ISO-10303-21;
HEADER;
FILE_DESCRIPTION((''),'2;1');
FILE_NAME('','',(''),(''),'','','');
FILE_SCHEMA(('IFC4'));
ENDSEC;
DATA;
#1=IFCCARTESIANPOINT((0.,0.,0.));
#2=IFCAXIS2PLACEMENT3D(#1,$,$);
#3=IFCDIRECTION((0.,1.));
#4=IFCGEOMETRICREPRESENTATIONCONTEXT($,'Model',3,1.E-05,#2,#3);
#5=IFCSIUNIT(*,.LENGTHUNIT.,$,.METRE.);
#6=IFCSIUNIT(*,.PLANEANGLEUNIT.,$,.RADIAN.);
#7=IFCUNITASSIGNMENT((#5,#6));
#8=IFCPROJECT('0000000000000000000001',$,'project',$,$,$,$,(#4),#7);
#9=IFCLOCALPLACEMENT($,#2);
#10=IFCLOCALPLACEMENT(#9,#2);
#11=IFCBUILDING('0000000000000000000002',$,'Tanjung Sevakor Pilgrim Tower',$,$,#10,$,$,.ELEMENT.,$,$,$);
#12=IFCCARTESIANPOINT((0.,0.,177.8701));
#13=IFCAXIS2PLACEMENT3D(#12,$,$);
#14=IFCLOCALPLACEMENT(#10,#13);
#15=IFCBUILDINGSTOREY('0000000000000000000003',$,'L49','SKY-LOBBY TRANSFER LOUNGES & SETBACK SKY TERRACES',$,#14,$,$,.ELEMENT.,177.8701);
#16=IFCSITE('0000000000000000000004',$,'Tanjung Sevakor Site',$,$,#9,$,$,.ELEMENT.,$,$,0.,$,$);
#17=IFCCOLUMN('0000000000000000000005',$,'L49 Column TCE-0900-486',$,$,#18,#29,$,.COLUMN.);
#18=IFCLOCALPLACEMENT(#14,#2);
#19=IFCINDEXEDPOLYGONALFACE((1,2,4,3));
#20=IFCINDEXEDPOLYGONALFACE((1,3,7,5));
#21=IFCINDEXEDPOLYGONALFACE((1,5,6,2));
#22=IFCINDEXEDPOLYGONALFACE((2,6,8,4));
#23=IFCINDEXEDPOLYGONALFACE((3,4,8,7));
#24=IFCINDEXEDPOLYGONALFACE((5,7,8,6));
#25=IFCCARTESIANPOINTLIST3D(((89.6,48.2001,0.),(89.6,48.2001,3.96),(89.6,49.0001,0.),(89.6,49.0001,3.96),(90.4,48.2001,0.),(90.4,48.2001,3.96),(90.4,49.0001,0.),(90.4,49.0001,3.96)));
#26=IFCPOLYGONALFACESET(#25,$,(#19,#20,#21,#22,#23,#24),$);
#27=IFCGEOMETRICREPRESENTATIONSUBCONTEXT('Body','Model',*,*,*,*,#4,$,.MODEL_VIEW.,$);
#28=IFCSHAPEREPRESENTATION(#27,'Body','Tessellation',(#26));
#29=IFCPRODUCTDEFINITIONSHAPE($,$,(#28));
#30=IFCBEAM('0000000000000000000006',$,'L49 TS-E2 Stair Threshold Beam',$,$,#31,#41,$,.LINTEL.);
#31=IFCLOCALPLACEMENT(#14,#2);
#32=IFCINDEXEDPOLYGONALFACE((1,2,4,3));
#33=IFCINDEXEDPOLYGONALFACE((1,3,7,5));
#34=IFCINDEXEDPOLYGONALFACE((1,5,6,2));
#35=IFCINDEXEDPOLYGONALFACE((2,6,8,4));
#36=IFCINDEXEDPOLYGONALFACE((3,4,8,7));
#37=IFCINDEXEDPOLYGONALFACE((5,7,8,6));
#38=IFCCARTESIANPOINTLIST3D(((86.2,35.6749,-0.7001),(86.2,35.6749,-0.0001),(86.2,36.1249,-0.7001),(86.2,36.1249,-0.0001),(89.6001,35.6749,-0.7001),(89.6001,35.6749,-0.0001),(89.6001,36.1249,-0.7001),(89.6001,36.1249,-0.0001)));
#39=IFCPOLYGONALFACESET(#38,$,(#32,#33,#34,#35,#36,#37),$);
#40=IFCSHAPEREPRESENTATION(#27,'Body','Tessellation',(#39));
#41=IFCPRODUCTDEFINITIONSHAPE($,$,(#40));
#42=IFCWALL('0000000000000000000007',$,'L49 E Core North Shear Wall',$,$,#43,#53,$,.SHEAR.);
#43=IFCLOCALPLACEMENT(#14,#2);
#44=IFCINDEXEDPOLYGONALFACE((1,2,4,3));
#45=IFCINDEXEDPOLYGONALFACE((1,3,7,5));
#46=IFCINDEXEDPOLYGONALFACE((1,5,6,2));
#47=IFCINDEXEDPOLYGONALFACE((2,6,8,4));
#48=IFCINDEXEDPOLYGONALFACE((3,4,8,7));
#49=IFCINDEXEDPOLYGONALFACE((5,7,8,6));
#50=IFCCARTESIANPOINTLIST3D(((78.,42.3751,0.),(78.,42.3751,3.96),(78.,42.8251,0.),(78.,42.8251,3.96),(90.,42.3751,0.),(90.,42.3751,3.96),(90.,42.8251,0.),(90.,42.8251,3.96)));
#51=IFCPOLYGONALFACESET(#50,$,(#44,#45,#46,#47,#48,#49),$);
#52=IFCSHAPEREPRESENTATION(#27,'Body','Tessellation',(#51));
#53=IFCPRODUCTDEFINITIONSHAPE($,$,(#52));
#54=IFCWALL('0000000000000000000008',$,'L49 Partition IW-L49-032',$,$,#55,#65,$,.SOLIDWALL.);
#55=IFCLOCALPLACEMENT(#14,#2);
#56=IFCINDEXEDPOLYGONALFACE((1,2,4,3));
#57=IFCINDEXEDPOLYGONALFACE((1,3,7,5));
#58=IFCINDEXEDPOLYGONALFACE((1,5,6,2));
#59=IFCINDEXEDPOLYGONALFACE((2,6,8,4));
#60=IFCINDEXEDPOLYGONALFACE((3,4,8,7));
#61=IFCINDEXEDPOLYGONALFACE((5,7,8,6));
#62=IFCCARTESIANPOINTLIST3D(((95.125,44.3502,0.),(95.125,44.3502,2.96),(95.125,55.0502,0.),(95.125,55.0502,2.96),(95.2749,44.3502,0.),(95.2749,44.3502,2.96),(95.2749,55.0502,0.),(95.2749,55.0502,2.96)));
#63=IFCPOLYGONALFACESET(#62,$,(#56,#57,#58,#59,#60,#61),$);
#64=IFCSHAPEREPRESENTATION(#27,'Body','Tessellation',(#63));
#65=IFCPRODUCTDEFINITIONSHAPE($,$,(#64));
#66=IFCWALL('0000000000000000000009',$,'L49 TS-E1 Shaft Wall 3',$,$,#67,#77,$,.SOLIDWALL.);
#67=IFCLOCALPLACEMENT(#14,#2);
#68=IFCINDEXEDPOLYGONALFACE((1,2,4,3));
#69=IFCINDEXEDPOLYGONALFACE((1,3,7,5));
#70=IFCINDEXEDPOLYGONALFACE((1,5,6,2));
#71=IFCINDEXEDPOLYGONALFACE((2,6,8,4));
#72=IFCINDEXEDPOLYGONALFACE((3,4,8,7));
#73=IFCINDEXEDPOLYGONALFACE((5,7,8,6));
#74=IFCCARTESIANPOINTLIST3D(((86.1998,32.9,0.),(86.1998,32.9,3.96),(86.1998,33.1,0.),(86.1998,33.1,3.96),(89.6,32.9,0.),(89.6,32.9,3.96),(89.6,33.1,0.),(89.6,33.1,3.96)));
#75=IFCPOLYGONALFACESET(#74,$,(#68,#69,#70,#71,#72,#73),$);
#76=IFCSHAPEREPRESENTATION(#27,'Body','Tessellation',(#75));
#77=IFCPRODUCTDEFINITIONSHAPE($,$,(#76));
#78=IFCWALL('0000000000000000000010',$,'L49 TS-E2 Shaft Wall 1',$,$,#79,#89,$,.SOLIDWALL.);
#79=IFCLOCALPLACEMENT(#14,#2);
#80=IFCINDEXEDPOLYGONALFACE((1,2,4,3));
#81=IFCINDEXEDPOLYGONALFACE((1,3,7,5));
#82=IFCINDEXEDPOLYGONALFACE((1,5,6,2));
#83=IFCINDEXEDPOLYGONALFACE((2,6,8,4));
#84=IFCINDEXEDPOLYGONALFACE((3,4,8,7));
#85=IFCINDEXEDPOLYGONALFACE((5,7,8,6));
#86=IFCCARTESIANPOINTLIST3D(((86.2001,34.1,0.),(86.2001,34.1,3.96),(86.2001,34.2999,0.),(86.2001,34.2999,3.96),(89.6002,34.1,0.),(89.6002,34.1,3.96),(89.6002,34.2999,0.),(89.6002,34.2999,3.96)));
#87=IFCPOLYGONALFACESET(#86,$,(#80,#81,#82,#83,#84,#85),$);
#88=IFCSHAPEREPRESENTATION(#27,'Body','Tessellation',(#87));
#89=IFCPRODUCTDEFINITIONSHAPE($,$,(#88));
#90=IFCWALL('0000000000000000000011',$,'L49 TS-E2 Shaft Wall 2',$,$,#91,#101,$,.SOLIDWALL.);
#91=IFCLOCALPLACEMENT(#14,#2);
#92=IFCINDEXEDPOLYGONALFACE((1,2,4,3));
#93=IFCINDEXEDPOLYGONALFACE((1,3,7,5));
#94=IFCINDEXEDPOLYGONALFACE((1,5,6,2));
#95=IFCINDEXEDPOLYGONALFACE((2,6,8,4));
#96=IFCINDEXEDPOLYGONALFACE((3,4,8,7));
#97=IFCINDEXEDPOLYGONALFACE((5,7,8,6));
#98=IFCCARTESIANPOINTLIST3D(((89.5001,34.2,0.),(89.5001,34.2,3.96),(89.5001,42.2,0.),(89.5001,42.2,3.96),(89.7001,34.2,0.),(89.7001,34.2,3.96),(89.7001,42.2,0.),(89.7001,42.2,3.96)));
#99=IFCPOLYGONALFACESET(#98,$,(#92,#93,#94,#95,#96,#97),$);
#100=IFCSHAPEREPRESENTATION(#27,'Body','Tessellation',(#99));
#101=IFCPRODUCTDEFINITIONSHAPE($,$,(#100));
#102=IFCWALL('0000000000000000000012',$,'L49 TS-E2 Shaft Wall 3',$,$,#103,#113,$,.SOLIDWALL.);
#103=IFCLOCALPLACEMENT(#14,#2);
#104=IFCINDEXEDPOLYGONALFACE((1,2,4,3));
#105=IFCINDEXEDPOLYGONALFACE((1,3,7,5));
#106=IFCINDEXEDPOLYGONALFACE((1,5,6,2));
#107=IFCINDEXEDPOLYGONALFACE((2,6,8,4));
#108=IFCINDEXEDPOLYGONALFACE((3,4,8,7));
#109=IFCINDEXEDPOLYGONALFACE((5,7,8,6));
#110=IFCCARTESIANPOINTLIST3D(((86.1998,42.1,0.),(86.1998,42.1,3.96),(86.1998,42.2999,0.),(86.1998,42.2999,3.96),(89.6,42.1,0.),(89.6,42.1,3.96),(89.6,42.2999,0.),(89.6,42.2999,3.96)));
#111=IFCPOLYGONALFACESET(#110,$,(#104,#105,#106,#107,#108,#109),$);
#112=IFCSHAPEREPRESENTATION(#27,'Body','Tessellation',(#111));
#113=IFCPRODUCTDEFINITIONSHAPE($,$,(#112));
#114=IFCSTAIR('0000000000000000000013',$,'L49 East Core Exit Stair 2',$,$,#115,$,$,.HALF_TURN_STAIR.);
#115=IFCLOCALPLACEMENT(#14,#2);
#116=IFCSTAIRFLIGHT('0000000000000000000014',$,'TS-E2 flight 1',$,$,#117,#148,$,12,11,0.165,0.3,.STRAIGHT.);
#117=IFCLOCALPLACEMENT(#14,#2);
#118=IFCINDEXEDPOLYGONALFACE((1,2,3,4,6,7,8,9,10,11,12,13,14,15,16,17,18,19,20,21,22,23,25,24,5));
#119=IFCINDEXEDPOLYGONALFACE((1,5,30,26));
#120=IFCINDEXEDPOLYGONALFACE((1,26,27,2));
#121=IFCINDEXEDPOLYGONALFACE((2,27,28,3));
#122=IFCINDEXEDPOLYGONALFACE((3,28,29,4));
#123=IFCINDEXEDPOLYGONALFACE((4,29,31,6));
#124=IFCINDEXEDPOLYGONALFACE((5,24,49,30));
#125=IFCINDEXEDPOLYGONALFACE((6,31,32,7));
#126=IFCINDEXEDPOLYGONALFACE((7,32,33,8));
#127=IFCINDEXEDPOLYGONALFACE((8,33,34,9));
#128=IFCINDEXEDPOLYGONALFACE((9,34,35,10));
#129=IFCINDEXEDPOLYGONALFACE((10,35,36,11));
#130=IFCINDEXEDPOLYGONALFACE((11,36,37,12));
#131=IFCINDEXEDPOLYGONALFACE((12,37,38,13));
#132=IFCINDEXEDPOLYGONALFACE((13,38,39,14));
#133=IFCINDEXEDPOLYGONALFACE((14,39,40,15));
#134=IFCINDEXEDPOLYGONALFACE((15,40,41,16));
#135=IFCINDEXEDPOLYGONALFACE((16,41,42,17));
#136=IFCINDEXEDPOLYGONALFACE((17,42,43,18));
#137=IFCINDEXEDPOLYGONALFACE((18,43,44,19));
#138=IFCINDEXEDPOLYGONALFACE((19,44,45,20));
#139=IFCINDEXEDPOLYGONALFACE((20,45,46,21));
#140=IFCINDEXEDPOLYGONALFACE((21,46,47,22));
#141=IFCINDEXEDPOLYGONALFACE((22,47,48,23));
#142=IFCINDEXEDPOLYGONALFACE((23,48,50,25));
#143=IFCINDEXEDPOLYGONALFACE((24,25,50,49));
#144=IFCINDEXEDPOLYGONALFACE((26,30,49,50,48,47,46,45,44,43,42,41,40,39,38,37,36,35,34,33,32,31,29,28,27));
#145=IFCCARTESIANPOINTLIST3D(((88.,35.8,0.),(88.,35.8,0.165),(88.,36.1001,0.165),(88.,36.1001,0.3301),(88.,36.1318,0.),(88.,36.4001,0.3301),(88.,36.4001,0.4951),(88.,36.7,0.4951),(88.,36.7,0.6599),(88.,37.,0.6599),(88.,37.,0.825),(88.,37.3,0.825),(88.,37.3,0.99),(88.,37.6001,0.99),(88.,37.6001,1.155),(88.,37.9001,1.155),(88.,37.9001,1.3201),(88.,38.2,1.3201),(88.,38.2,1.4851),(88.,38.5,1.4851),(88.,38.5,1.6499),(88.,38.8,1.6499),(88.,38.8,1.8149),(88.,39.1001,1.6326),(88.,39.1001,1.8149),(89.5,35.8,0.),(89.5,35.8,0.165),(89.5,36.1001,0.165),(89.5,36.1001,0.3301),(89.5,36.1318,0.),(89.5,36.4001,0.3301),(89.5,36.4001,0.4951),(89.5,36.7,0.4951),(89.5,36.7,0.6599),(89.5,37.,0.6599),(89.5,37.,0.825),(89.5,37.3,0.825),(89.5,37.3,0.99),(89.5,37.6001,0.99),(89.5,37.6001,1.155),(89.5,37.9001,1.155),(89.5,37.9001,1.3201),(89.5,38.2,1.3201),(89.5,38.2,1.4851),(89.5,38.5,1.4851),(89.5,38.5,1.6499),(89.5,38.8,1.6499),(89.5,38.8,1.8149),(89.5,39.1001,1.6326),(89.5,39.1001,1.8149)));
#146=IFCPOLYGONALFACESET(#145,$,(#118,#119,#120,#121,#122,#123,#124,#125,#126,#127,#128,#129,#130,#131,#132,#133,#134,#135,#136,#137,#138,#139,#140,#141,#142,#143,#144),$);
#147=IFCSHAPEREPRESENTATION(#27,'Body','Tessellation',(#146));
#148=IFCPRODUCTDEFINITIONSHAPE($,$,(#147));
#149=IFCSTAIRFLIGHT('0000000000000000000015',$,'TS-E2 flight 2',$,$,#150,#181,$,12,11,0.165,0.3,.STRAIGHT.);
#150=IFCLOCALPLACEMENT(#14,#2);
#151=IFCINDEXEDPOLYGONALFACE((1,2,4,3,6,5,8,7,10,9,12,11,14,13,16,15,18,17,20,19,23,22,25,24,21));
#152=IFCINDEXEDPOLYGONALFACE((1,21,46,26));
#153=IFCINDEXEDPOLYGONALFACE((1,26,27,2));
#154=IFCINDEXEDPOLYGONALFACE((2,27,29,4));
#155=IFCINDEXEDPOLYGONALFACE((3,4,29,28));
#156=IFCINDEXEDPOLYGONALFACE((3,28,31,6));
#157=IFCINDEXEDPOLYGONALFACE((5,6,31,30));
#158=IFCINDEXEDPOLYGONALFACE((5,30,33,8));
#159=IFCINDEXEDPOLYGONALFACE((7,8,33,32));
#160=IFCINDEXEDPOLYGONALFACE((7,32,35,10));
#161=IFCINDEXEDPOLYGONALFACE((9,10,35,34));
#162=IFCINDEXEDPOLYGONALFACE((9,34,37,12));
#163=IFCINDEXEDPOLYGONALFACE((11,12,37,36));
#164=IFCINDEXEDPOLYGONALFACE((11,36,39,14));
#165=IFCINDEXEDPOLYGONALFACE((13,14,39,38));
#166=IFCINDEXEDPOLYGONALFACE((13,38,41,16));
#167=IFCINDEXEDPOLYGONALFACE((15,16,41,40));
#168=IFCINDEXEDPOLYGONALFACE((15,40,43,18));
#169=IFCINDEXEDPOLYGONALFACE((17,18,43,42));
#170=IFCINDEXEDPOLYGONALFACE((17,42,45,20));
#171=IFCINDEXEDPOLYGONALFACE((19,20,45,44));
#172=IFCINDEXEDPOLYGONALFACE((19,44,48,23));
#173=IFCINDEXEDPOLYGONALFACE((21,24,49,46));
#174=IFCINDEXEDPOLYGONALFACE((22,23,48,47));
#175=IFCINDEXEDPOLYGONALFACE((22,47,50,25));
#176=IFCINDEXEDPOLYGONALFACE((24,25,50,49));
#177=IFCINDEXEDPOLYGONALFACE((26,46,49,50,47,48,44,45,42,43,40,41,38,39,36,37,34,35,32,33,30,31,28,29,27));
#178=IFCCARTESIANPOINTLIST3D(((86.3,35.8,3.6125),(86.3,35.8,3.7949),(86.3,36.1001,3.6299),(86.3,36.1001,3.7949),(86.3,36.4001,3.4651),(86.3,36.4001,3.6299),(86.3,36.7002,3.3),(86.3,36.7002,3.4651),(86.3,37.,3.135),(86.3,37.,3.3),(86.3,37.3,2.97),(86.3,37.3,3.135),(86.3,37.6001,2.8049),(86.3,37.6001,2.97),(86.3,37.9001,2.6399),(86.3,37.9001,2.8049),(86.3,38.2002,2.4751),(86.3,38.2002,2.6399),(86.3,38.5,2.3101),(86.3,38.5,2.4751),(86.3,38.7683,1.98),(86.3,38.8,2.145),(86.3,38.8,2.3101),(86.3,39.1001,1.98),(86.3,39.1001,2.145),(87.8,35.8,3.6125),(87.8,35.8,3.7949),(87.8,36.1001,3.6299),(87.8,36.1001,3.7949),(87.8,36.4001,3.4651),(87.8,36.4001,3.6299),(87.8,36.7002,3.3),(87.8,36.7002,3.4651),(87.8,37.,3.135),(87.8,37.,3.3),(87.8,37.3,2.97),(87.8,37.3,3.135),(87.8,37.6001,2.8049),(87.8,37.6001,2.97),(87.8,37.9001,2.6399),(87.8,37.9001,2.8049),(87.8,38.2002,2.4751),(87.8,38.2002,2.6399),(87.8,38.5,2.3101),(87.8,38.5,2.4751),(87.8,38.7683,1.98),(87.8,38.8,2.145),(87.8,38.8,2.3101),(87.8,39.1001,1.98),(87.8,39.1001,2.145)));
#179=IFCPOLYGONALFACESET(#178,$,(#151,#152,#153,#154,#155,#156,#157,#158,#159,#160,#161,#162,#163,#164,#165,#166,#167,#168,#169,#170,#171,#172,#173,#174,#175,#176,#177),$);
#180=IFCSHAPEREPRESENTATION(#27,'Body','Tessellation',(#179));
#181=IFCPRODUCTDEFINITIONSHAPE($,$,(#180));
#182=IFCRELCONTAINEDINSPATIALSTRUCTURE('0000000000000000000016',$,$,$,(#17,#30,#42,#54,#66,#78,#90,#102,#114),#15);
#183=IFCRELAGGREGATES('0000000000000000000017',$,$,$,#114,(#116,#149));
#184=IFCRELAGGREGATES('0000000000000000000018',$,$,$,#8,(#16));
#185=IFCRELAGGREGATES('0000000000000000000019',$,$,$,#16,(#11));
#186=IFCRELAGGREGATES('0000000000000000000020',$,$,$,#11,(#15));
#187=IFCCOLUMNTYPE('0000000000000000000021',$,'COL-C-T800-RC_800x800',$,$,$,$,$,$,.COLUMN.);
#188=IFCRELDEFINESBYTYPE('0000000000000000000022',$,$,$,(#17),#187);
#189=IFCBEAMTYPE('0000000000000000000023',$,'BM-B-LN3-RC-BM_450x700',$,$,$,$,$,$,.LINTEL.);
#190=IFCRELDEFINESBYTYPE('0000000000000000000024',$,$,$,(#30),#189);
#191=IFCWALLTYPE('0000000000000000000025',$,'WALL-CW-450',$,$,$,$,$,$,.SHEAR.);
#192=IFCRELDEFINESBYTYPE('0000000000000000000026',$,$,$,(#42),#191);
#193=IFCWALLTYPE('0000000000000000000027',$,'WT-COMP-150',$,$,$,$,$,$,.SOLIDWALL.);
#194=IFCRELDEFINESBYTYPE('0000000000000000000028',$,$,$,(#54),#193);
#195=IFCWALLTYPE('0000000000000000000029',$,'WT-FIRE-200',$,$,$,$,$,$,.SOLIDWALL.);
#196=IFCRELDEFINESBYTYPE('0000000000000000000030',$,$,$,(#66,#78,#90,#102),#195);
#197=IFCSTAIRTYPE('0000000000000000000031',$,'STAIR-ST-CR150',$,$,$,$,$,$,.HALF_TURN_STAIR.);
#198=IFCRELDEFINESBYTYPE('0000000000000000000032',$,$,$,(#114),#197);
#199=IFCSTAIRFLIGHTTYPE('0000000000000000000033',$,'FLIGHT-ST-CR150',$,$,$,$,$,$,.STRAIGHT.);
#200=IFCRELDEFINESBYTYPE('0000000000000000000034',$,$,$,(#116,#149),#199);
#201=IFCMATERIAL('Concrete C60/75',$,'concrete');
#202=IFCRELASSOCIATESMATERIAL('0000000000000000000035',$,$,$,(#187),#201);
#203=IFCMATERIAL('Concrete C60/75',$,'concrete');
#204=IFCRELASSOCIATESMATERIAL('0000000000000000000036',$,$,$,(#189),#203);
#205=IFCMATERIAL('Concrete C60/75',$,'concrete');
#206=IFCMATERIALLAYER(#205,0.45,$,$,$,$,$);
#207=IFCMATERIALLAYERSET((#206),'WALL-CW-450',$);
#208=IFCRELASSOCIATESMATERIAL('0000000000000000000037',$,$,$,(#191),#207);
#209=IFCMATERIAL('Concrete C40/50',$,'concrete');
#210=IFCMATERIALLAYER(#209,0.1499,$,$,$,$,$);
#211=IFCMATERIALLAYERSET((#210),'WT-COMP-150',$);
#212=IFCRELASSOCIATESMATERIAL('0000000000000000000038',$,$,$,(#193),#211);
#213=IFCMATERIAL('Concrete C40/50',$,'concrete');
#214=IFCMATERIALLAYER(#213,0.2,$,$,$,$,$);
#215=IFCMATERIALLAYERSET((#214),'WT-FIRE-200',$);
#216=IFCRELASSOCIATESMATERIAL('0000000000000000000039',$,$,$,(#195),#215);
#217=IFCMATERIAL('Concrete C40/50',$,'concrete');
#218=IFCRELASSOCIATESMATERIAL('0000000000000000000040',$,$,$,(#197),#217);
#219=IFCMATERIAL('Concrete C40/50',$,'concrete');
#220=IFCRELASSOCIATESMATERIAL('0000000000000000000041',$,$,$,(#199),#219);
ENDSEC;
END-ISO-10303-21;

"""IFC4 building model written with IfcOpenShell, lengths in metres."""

from ifc_helpers import new_model, si_unit, direction, frame, frame_2d, origin, origin_2d, place, context, subcontext, project, spatial, polyline, rectangle, outline, extrude, material, layer, layer_set, material_profile, profile_set, type_object, element, aggregate, save


model = new_model("IFC4")

# Units and contexts
model_context = context("Model", 3, precision=1e-05, world=origin(), true_north=direction((0.0, 1.0)))
body_context = subcontext(model_context, "Body", "Model", "MODEL_VIEW")
ifc_project = project(units=[si_unit("LENGTHUNIT", "METRE"), si_unit("PLANEANGLEUNIT", "RADIAN")], contexts=[model_context])

# Site, building, storey
site_placement = place(None, origin())
site = spatial("IfcSite", under=ifc_project, at=site_placement, Name="Tanjung Sevakor Site", CompositionType="ELEMENT", RefElevation=0.0)
building_placement = place(site_placement, origin())
building = spatial("IfcBuilding", under=site, at=building_placement, Name="Tanjung Sevakor Pilgrim Tower", CompositionType="ELEMENT")
storey_placement = place(building_placement, frame((0.0, 0.0, 177.8701)))
storey = spatial("IfcBuildingStorey", under=building, at=storey_placement, Name="L49", Description="SKY-LOBBY TRANSFER LOUNGES & SETBACK SKY TERRACES", CompositionType="ELEMENT", Elevation=177.8701)

# Column
ifc_material_1 = material(Name="Concrete C60/75", Category="concrete")
ifc_material_profile_1 = material_profile(ifc_material_1, rectangle(XDim=0.8, YDim=0.8, at=origin_2d()))
ifc_profile_set_1 = profile_set([ifc_material_profile_1], Name="Concrete C60/75")
column_type = type_object("IfcColumnType", Name="COL-C-T800-RC_800x800", PredefinedType="COLUMN", material=ifc_profile_set_1)
column_placement = place(storey_placement, frame((90.0, 48.6001, 0.0), z_axis=(0.0, 0.0, 1.0), x_axis=(1.0, 0.0, 0.0)))
element("IfcColumn", 1, at=column_placement, inside=storey, type_object=column_type, Name="L49 Column TCE-0900-486", PredefinedType="COLUMN", context=body_context, shape_type="SweptSolid", body=[
    extrude(rectangle(XDim=0.8, YDim=0.8, at=origin_2d()), origin(), (0.0, 0.0, 1.0), 3.96),
])

# Beam
ifc_material_2 = material(Name="Concrete C60/75", Category="concrete")
ifc_material_profile_2 = material_profile(ifc_material_2, rectangle(XDim=0.45, YDim=0.7, at=origin_2d()))
ifc_profile_set_2 = profile_set([ifc_material_profile_2], Name="Concrete C60/75")
beam_type = type_object("IfcBeamType", Name="BM-B-LN3-RC-BM_450x700", PredefinedType="LINTEL", material=ifc_profile_set_2)
beam_placement = place(storey_placement, frame((86.2, 35.8999, -0.3501), z_axis=(1.0, 0.0, 0.0), x_axis=(0.0, 1.0, 0.0)))
element("IfcBeam", 2, at=beam_placement, inside=storey, type_object=beam_type, Name="L49 TS-E2 Stair Threshold Beam", PredefinedType="LINTEL", context=body_context, shape_type="SweptSolid", body=[
    extrude(rectangle(XDim=0.45, YDim=0.7, at=origin_2d()), origin(), (0.0, 0.0, 1.0), 3.4001),
])

# Walls
ifc_material_3 = material(Name="Concrete C60/75", Category="concrete")
ifc_layer_1 = layer(ifc_material_3, 0.45)
ifc_layer_set_1 = layer_set([ifc_layer_1], Name="WALL-CW-450")
wall_type_1 = type_object("IfcWallType", Name="WALL-CW-450", PredefinedType="SHEAR", material=ifc_layer_set_1)
wall_1_placement = place(storey_placement, frame((90.0, 42.6001, 0.0), z_axis=(0.0, 0.0, 1.0), x_axis=(-1.0, 0.0, 0.0)))
element("IfcWall", 3, at=wall_1_placement, inside=storey, type_object=wall_type_1, Name="L49 E Core North Shear Wall", PredefinedType="SHEAR", context=body_context, shape_type="SweptSolid", body=[
    extrude(rectangle(XDim=12.0, YDim=0.45, at=frame_2d((6.0, 0.0))), origin(), (0.0, 0.0, 1.0), 3.96),
])
ifc_material_4 = material(Name="Concrete C40/50", Category="concrete")
ifc_layer_2 = layer(ifc_material_4, 0.1499)
ifc_layer_set_2 = layer_set([ifc_layer_2], Name="WT-COMP-150")
wall_type_2 = type_object("IfcWallType", Name="WT-COMP-150", PredefinedType="SOLIDWALL", material=ifc_layer_set_2)
wall_2_placement = place(storey_placement, frame((95.2, 44.3501, 0.0), z_axis=(0.0, 0.0, 1.0), x_axis=(0.0, 1.0, 0.0)))
element("IfcWall", 4, at=wall_2_placement, inside=storey, type_object=wall_type_2, Name="L49 Partition IW-L49-032", PredefinedType="SOLIDWALL", context=body_context, shape_type="SweptSolid", body=[
    extrude(rectangle(XDim=10.7, YDim=0.1499, at=frame_2d((5.3501, 0.0))), origin(), (0.0, 0.0, 1.0), 2.96),
])
ifc_material_5 = material(Name="Concrete C40/50", Category="concrete")
ifc_layer_3 = layer(ifc_material_5, 0.2)
ifc_layer_set_3 = layer_set([ifc_layer_3], Name="WT-FIRE-200")
wall_type_3 = type_object("IfcWallType", Name="WT-FIRE-200", PredefinedType="SOLIDWALL", material=ifc_layer_set_3)
for number, where, z_axis, x_axis, name in (
    (5, (89.6001, 33.0, 0.0), (0.0, 0.0, 1.0), (-1.0, 0.0, 0.0), "L49 TS-E1 Shaft Wall 3"),
    (6, (86.2, 34.2, 0.0), (0.0, 0.0, 1.0), (1.0, 0.0, 0.0), "L49 TS-E2 Shaft Wall 1"),
):
    element("IfcWall", number, at=place(storey_placement, frame(where, z_axis=z_axis, x_axis=x_axis)), inside=storey, type_object=wall_type_3, Name=name, PredefinedType="SOLIDWALL", context=body_context, shape_type="SweptSolid", body=[
        extrude(rectangle(XDim=3.4001, YDim=0.2, at=frame_2d((1.7002, 0.0))), origin(), (0.0, 0.0, 1.0), 3.96),
    ])
wall_3_placement = place(storey_placement, frame((89.6001, 34.2, 0.0), z_axis=(0.0, 0.0, 1.0), x_axis=(0.0, 1.0, 0.0)))
element("IfcWall", 7, at=wall_3_placement, inside=storey, type_object=wall_type_3, Name="L49 TS-E2 Shaft Wall 2", PredefinedType="SOLIDWALL", context=body_context, shape_type="SweptSolid", body=[
    extrude(rectangle(XDim=8.0, YDim=0.2, at=frame_2d((4.0, 0.0))), origin(), (0.0, 0.0, 1.0), 3.96),
])
wall_4_placement = place(storey_placement, frame((89.6001, 42.2, 0.0), z_axis=(0.0, 0.0, 1.0), x_axis=(-1.0, 0.0, 0.0)))
element("IfcWall", 8, at=wall_4_placement, inside=storey, type_object=wall_type_3, Name="L49 TS-E2 Shaft Wall 3", PredefinedType="SOLIDWALL", context=body_context, shape_type="SweptSolid", body=[
    extrude(rectangle(XDim=3.4001, YDim=0.2, at=frame_2d((1.7002, 0.0))), origin(), (0.0, 0.0, 1.0), 3.96),
])

# Stair, stair flights
ifc_material_6 = material(Name="Concrete C40/50", Category="concrete")
stair_type = type_object("IfcStairType", Name="STAIR-ST-CR150", PredefinedType="HALF_TURN_STAIR", material=ifc_material_6)
stair_placement = place(storey_placement, origin())
stair = element("IfcStair", 9, at=stair_placement, inside=storey, type_object=stair_type, Name="L49 East Core Exit Stair 2", PredefinedType="HALF_TURN_STAIR")
ifc_material_7 = material(Name="Concrete C40/50", Category="concrete")
stair_flight_type = type_object("IfcStairFlightType", Name="FLIGHT-ST-CR150", PredefinedType="STRAIGHT", material=ifc_material_7)
stair_flight_1_placement = place(storey_placement, frame((88.75, 35.8, 0.0), z_axis=(0.0, 0.0, 1.0), x_axis=(0.0, 1.0, 0.0)))
stair_flight_1 = element("IfcStairFlight", 10, at=stair_flight_1_placement, type_object=stair_flight_type, Name="TS-E2 flight 1", NumberOfRisers=12, NumberOfTreads=11, PredefinedType="STRAIGHT", RiserHeight=0.165, TreadLength=0.3, context=body_context, shape_type="SweptSolid", body=[
    extrude(outline(polyline([(0.0, 0.0), (0.0, 0.165), (0.3, 0.165), (0.3, 0.3301), (0.6001, 0.3301), (0.6001, 0.4951), (0.8999, 0.4951), (0.8999, 0.6599), (1.2, 0.6599), (1.2, 0.825), (1.5, 0.825), (1.5, 0.99), (1.8, 0.99), (1.8, 1.155), (2.1001, 1.155), (2.1001, 1.3201), (2.3999, 1.3201), (2.3999, 1.4851), (2.7, 1.4851), (2.7, 1.6499), (3.0, 1.6499), (3.0, 1.8149), (3.3, 1.8149), (3.3, 1.98), (3.3, 1.6326), (0.3318, 0.0), (0.0, 0.0)])), frame((0.0, 0.75, 0.0), z_axis=(0.0, -1.0, 0.0), x_axis=(1.0, 0.0, 0.0)), (0.0, 0.0, 1.0), 1.5),
])
stair_flight_2_placement = place(storey_placement, frame((87.05, 39.1001, 1.98), z_axis=(0.0, 0.0, 1.0), x_axis=(0.0, -1.0, 0.0)))
stair_flight_2 = element("IfcStairFlight", 11, at=stair_flight_2_placement, type_object=stair_flight_type, Name="TS-E2 flight 2", NumberOfRisers=12, NumberOfTreads=11, PredefinedType="STRAIGHT", RiserHeight=0.165, TreadLength=0.3, context=body_context, shape_type="SweptSolid", body=[
    extrude(outline(polyline([(0.0, 0.0), (0.0, 0.165), (0.3, 0.165), (0.3, 0.3301), (0.6001, 0.3301), (0.6001, 0.4951), (0.8999, 0.4951), (0.8999, 0.6599), (1.2, 0.6599), (1.2, 0.825), (1.5, 0.825), (1.5, 0.99), (1.8, 0.99), (1.8, 1.155), (2.1001, 1.155), (2.1001, 1.3201), (2.3999, 1.3201), (2.3999, 1.4851), (2.7, 1.4851), (2.7, 1.6499), (3.0, 1.6499), (3.0, 1.8149), (3.3, 1.8149), (3.3, 1.98), (3.3, 1.6326), (0.3318, 0.0), (0.0, 0.0)])), frame((0.0, 0.75, 0.0), z_axis=(0.0, -1.0, 0.0), x_axis=(1.0, 0.0, 0.0)), (0.0, 0.0, 1.0), 1.5),
])
aggregate(stair, [stair_flight_1, stair_flight_2])

save(model, "model.ifc")
